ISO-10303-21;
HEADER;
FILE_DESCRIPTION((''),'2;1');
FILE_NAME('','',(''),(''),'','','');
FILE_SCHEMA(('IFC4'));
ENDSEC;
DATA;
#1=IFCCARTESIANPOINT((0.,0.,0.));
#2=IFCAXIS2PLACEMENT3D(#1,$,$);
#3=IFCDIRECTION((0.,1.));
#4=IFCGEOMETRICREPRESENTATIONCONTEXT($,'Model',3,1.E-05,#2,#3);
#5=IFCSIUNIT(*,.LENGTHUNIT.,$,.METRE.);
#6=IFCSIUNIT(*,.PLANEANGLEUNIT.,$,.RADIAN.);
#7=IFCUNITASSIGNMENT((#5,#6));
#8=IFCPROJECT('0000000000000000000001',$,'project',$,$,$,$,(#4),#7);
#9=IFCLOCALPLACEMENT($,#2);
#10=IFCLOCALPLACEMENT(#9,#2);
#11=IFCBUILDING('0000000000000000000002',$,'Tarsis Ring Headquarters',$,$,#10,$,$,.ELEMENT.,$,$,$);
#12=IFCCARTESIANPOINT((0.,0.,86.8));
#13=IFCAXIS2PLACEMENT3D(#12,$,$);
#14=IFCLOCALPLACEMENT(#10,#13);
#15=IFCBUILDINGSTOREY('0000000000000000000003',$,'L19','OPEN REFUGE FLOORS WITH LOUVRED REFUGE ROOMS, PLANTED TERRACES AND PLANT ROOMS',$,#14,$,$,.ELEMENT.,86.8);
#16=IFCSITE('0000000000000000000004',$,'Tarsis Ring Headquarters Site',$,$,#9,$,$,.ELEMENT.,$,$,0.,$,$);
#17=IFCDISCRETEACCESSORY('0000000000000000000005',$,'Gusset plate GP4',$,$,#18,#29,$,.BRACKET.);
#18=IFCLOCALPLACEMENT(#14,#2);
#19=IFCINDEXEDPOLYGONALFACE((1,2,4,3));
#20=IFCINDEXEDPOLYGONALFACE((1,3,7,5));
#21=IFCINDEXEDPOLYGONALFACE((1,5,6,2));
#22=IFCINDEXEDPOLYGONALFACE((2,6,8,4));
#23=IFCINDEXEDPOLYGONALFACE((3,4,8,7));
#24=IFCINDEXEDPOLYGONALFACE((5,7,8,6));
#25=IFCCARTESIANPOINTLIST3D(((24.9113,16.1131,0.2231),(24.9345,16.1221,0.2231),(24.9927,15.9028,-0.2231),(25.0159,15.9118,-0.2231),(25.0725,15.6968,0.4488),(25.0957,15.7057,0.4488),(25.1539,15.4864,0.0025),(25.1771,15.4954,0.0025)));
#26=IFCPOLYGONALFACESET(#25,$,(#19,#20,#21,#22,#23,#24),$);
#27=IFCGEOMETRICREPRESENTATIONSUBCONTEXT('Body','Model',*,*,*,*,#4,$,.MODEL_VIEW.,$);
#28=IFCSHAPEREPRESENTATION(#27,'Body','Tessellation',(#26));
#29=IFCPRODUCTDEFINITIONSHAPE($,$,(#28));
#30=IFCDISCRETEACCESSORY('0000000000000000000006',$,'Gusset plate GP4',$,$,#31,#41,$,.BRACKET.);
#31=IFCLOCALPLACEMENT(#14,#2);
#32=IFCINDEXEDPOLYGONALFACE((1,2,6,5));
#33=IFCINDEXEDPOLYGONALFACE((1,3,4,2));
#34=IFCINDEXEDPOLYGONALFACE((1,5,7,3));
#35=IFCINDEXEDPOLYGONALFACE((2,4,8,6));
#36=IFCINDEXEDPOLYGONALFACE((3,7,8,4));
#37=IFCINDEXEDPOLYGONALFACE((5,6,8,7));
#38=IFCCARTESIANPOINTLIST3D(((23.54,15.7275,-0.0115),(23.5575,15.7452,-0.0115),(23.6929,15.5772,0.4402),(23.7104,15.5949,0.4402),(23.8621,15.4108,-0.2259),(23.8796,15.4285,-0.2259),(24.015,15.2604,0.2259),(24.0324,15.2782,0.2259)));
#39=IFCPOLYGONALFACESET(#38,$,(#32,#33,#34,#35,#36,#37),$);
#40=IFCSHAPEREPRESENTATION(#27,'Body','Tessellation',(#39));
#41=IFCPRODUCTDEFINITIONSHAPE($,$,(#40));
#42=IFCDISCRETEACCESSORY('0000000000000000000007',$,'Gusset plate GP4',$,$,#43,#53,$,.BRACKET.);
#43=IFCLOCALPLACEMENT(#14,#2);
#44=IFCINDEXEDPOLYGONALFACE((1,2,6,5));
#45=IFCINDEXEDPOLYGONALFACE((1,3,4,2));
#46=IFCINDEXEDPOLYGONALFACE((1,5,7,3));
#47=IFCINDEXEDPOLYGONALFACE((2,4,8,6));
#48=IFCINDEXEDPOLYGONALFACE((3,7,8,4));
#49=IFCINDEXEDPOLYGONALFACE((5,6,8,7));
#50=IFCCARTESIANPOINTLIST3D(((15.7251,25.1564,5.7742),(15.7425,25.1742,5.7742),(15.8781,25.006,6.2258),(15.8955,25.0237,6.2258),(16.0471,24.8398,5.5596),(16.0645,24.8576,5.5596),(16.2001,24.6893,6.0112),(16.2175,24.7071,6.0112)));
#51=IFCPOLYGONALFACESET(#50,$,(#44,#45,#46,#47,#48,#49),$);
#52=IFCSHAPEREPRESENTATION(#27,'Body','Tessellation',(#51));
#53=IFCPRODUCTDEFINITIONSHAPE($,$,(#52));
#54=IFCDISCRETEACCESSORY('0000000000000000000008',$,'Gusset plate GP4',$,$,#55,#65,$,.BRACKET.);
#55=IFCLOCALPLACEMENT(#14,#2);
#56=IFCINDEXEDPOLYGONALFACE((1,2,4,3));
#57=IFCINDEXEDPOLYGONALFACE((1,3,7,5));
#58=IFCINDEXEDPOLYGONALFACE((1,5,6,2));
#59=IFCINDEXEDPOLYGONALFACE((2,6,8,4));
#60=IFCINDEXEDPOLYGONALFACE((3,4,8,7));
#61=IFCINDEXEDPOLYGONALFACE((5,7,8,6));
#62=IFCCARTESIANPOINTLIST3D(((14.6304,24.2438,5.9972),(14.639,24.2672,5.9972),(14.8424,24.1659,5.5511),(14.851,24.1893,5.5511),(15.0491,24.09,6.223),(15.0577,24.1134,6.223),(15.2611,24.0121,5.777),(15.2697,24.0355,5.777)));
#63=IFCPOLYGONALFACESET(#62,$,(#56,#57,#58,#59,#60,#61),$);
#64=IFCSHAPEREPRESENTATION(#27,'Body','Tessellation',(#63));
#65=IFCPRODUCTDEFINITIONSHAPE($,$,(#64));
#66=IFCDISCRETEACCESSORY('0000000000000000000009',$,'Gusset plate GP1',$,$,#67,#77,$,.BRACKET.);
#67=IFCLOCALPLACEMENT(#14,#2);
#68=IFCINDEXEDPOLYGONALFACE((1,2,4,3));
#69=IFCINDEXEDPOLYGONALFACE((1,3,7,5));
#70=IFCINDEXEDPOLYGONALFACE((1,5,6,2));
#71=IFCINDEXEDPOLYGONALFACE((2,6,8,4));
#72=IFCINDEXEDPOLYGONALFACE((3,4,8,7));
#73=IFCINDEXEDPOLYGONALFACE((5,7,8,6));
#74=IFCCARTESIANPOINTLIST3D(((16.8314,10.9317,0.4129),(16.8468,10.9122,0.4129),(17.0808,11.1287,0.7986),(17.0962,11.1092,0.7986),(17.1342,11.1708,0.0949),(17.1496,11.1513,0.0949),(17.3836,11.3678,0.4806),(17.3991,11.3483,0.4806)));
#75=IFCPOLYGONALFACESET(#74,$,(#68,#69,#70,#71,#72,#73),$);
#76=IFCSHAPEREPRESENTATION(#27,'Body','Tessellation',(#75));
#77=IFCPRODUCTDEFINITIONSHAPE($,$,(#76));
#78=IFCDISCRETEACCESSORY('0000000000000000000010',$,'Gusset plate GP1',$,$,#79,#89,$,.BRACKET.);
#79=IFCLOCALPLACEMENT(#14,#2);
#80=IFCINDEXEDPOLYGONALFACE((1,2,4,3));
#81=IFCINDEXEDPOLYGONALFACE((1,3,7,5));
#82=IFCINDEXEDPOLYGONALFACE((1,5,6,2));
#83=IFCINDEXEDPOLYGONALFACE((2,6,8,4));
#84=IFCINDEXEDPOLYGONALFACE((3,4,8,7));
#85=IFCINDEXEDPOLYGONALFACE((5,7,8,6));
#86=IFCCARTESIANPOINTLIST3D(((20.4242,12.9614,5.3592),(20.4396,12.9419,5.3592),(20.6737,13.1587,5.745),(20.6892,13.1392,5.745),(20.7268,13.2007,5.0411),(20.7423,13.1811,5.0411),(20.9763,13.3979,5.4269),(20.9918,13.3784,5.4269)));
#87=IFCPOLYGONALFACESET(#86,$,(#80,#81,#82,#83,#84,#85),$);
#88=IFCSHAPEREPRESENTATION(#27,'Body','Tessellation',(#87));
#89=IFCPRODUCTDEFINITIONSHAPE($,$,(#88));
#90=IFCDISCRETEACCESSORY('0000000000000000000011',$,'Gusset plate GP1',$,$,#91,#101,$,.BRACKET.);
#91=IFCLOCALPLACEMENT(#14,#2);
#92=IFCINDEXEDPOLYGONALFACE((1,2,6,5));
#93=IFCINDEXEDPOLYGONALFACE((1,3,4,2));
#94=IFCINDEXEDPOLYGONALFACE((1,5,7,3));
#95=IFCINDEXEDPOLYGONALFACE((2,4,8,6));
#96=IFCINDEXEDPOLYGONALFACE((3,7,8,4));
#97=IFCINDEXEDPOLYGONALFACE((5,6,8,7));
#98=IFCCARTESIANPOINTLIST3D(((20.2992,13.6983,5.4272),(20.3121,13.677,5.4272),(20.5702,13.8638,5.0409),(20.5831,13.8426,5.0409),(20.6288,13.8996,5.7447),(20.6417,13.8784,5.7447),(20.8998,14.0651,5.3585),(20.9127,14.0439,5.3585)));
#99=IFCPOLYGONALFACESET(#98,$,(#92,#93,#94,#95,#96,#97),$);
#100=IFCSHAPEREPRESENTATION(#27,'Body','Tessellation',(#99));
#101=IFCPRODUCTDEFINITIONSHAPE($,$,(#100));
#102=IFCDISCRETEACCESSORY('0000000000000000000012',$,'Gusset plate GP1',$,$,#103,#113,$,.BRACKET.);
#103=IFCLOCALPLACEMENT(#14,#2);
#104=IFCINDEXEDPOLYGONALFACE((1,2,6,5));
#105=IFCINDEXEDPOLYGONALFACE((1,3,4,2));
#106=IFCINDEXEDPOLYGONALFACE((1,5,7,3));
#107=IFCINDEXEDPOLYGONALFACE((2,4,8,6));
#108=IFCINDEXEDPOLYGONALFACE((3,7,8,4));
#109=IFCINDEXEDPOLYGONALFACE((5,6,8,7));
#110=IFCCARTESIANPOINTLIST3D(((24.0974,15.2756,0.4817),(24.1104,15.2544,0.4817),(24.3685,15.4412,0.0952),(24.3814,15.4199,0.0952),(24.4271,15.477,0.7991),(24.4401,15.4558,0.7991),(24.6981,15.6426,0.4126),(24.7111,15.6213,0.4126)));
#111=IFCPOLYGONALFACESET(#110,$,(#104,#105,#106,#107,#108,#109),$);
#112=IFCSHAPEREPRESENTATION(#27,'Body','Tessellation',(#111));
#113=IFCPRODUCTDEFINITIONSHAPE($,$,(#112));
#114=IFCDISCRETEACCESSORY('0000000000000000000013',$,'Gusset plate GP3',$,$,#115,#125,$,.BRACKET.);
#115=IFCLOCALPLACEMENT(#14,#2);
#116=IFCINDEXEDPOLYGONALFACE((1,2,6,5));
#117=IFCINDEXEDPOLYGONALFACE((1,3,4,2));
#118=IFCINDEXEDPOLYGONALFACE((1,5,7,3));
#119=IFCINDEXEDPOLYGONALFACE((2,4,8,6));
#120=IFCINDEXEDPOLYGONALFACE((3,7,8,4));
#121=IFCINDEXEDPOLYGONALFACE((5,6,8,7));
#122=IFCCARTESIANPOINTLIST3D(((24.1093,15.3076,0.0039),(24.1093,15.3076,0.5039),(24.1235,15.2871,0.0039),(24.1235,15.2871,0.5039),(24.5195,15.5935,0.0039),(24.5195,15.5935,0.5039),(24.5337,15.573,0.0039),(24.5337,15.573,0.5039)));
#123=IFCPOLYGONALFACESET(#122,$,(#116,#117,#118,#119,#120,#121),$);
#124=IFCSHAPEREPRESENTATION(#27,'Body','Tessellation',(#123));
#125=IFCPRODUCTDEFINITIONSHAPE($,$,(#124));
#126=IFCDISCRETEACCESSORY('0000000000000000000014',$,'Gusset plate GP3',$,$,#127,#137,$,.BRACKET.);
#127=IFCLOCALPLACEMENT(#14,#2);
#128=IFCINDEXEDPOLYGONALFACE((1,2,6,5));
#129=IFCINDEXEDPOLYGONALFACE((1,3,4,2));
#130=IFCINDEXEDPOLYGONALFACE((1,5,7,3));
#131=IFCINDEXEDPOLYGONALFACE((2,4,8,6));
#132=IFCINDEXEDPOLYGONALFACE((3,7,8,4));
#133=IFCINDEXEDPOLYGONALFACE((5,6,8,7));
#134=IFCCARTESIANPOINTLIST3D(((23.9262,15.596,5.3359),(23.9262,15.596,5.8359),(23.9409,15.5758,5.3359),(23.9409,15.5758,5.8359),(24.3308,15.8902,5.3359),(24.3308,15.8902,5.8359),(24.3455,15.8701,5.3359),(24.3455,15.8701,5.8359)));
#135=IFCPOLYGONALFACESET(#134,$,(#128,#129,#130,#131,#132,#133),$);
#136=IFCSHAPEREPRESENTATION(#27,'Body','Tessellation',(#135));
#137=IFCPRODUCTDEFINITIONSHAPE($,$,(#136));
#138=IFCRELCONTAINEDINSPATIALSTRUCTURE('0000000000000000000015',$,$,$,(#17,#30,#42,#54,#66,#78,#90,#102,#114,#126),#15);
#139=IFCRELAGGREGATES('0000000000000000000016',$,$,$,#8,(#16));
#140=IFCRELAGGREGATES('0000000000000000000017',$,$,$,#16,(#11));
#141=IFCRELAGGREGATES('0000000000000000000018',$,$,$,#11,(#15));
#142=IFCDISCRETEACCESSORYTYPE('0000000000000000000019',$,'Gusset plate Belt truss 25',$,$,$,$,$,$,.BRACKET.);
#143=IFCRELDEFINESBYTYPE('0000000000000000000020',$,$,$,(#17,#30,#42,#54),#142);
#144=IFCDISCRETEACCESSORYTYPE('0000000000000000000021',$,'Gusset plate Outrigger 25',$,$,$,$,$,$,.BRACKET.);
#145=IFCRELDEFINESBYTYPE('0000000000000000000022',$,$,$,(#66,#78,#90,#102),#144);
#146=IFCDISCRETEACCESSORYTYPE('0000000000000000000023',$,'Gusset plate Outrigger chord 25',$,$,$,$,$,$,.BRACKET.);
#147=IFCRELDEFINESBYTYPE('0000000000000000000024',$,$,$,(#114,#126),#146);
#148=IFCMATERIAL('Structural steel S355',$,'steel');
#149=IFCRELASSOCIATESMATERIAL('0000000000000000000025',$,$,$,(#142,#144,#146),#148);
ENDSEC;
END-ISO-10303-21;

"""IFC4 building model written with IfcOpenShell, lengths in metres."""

from ifc_helpers import new_model, si_unit, direction, frame, origin, origin_2d, place, context, subcontext, project, spatial, rectangle, extrude, material, material_profile, profile_set, type_object, element, save


model = new_model("IFC4")

# Units and contexts
model_context = context("Model", 3, precision=1e-05, world=origin(), true_north=direction((0.0, 1.0)))
body_context = subcontext(model_context, "Body", "Model", "MODEL_VIEW")
ifc_project = project(units=[si_unit("LENGTHUNIT", "METRE"), si_unit("PLANEANGLEUNIT", "RADIAN")], contexts=[model_context])

# Site, building, storey
site_placement = place(None, origin())
site = spatial("IfcSite", under=ifc_project, at=site_placement, Name="Tarsis Ring Headquarters Site", CompositionType="ELEMENT", RefElevation=0.0)
building_placement = place(site_placement, origin())
building = spatial("IfcBuilding", under=site, at=building_placement, Name="Tarsis Ring Headquarters", CompositionType="ELEMENT")
storey_placement = place(building_placement, frame((0.0, 0.0, 86.8)))
storey = spatial("IfcBuildingStorey", under=building, at=storey_placement, Name="L19", Description="OPEN REFUGE FLOORS WITH LOUVRED REFUGE ROOMS, PLANTED TERRACES AND PLANT ROOMS", CompositionType="ELEMENT", Elevation=86.8)

# Shared definitions
ifc_material_1 = material(Name="Structural steel S355", Category="steel")

# Discrete accessories
ifc_material_profile_1 = material_profile(ifc_material_1, rectangle(XDim=0.0249, YDim=0.5, at=origin_2d()), Name="PL 25x500")
ifc_profile_set_1 = profile_set([ifc_material_profile_1], Name="Structural steel S355")
discrete_accessory_type_1 = type_object("IfcDiscreteAccessoryType", Name="Gusset plate Belt truss 25", PredefinedType="BRACKET", material=ifc_profile_set_1)
discrete_accessory_1_placement = place(storey_placement, frame((24.9636, 16.0125, 0.0), z_axis=(0.322185, -0.832311, 0.451059), x_axis=(0.932568, 0.360994, 0.0)))
element("IfcDiscreteAccessory", 1, at=discrete_accessory_1_placement, inside=storey, type_object=discrete_accessory_type_1, Name="Gusset plate GP4", PredefinedType="BRACKET", context=body_context, shape_type="SweptSolid", body=[
    extrude(rectangle(XDim=0.0249, YDim=0.5, at=origin_2d()), origin(), (0.0, 0.0, 1.0), 0.5002),
])
for number, where, z_axis, x_axis, name in (
    (2, (23.9473, 15.3445, 0.0), (-0.644154, 0.63341, 0.428785), (-0.701135, -0.713028, 0.0), "Gusset plate GP4"),
    (3, (15.8103, 25.0901, 6.0), (0.644019, -0.633278, -0.429184), (0.701135, 0.713028, 0.0), "Gusset plate GP4"),
    (4, (15.1594, 24.0627, 6.0), (-0.837458, 0.307638, -0.45169), (-0.344817, -0.93867, 0.0), "Gusset plate GP4"),
):
    element("IfcDiscreteAccessory", number, at=place(storey_placement, frame(where, z_axis=z_axis, x_axis=x_axis)), inside=storey, type_object=discrete_accessory_type_1, Name=name, PredefinedType="BRACKET", context=body_context, shape_type="SweptSolid", body=[
        extrude(rectangle(XDim=0.0249, YDim=0.5, at=origin_2d()), origin(), (0.0, 0.0, 1.0), 0.5),
    ])
discrete_accessory_type_2 = type_object("IfcDiscreteAccessoryType", Name="Gusset plate Outrigger 25", PredefinedType="BRACKET", material=ifc_profile_set_1)
discrete_accessory_2_placement = place(storey_placement, frame((16.9905, 11.0415, 0.2539), z_axis=(0.499153, 0.394145, 0.771684), x_axis=(-0.619719, 0.784824, 0.0)))
element("IfcDiscreteAccessory", 5, at=discrete_accessory_2_placement, inside=storey, type_object=discrete_accessory_type_2, Name="Gusset plate GP1", PredefinedType="BRACKET", context=body_context, shape_type="SweptSolid", body=[
    extrude(rectangle(XDim=0.0249, YDim=0.5, at=origin_2d()), origin(), (0.0, 0.0, 1.0), 0.4998),
])
for number, where, z_axis, x_axis, name in (
    (6, (20.8328, 13.2686, 5.5859), (-0.499057, -0.394557, -0.771536), (0.620192, -0.78445, 0.0), "Gusset plate GP1"),
    (7, (20.4705, 13.7883, 5.5859), (0.541979, 0.331047, -0.772442), (-0.521263, 0.853396, 0.0), "Gusset plate GP1"),
):
    element("IfcDiscreteAccessory", number, at=place(storey_placement, frame(where, z_axis=z_axis, x_axis=x_axis)), inside=storey, type_object=discrete_accessory_type_2, Name=name, PredefinedType="BRACKET", context=body_context, shape_type="SweptSolid", body=[
        extrude(rectangle(XDim=0.0249, YDim=0.5, at=origin_2d()), origin(), (0.0, 0.0, 1.0), 0.5),
    ])
discrete_accessory_3_placement = place(storey_placement, frame((24.5398, 15.5312, 0.2539), z_axis=(-0.541775, -0.330922, 0.772639), x_axis=(0.521263, -0.853396, 0.0)))
element("IfcDiscreteAccessory", 8, at=discrete_accessory_3_placement, inside=storey, type_object=discrete_accessory_type_2, Name="Gusset plate GP1", PredefinedType="BRACKET", context=body_context, shape_type="SweptSolid", body=[
    extrude(rectangle(XDim=0.0249, YDim=0.5, at=origin_2d()), origin(), (0.0, 0.0, 1.0), 0.5002),
])
discrete_accessory_type_3 = type_object("IfcDiscreteAccessoryType", Name="Gusset plate Outrigger chord 25", PredefinedType="BRACKET", material=ifc_profile_set_1)
discrete_accessory_4_placement = place(storey_placement, frame((24.5266, 15.5833, 0.2539), z_axis=(-0.820377, -0.571823, 0.0), x_axis=(0.571823, -0.820377, 0.0)))
element("IfcDiscreteAccessory", 9, at=discrete_accessory_4_placement, inside=storey, type_object=discrete_accessory_type_3, Name="Gusset plate GP3", PredefinedType="BRACKET", context=body_context, shape_type="SweptSolid", body=[
    extrude(rectangle(XDim=0.0249, YDim=0.5, at=origin_2d()), origin(), (0.0, 0.0, 1.0), 0.5),
])
discrete_accessory_5_placement = place(storey_placement, frame((24.3381, 15.8801, 5.5859), z_axis=(-0.808757, -0.588143, 0.0), x_axis=(0.588143, -0.808757, 0.0)))
element("IfcDiscreteAccessory", 10, at=discrete_accessory_5_placement, inside=storey, type_object=discrete_accessory_type_3, Name="Gusset plate GP3", PredefinedType="BRACKET", context=body_context, shape_type="SweptSolid", body=[
    extrude(rectangle(XDim=0.0249, YDim=0.5, at=origin_2d()), origin(), (0.0, 0.0, 1.0), 0.5002),
])

save(model, "model.ifc")
